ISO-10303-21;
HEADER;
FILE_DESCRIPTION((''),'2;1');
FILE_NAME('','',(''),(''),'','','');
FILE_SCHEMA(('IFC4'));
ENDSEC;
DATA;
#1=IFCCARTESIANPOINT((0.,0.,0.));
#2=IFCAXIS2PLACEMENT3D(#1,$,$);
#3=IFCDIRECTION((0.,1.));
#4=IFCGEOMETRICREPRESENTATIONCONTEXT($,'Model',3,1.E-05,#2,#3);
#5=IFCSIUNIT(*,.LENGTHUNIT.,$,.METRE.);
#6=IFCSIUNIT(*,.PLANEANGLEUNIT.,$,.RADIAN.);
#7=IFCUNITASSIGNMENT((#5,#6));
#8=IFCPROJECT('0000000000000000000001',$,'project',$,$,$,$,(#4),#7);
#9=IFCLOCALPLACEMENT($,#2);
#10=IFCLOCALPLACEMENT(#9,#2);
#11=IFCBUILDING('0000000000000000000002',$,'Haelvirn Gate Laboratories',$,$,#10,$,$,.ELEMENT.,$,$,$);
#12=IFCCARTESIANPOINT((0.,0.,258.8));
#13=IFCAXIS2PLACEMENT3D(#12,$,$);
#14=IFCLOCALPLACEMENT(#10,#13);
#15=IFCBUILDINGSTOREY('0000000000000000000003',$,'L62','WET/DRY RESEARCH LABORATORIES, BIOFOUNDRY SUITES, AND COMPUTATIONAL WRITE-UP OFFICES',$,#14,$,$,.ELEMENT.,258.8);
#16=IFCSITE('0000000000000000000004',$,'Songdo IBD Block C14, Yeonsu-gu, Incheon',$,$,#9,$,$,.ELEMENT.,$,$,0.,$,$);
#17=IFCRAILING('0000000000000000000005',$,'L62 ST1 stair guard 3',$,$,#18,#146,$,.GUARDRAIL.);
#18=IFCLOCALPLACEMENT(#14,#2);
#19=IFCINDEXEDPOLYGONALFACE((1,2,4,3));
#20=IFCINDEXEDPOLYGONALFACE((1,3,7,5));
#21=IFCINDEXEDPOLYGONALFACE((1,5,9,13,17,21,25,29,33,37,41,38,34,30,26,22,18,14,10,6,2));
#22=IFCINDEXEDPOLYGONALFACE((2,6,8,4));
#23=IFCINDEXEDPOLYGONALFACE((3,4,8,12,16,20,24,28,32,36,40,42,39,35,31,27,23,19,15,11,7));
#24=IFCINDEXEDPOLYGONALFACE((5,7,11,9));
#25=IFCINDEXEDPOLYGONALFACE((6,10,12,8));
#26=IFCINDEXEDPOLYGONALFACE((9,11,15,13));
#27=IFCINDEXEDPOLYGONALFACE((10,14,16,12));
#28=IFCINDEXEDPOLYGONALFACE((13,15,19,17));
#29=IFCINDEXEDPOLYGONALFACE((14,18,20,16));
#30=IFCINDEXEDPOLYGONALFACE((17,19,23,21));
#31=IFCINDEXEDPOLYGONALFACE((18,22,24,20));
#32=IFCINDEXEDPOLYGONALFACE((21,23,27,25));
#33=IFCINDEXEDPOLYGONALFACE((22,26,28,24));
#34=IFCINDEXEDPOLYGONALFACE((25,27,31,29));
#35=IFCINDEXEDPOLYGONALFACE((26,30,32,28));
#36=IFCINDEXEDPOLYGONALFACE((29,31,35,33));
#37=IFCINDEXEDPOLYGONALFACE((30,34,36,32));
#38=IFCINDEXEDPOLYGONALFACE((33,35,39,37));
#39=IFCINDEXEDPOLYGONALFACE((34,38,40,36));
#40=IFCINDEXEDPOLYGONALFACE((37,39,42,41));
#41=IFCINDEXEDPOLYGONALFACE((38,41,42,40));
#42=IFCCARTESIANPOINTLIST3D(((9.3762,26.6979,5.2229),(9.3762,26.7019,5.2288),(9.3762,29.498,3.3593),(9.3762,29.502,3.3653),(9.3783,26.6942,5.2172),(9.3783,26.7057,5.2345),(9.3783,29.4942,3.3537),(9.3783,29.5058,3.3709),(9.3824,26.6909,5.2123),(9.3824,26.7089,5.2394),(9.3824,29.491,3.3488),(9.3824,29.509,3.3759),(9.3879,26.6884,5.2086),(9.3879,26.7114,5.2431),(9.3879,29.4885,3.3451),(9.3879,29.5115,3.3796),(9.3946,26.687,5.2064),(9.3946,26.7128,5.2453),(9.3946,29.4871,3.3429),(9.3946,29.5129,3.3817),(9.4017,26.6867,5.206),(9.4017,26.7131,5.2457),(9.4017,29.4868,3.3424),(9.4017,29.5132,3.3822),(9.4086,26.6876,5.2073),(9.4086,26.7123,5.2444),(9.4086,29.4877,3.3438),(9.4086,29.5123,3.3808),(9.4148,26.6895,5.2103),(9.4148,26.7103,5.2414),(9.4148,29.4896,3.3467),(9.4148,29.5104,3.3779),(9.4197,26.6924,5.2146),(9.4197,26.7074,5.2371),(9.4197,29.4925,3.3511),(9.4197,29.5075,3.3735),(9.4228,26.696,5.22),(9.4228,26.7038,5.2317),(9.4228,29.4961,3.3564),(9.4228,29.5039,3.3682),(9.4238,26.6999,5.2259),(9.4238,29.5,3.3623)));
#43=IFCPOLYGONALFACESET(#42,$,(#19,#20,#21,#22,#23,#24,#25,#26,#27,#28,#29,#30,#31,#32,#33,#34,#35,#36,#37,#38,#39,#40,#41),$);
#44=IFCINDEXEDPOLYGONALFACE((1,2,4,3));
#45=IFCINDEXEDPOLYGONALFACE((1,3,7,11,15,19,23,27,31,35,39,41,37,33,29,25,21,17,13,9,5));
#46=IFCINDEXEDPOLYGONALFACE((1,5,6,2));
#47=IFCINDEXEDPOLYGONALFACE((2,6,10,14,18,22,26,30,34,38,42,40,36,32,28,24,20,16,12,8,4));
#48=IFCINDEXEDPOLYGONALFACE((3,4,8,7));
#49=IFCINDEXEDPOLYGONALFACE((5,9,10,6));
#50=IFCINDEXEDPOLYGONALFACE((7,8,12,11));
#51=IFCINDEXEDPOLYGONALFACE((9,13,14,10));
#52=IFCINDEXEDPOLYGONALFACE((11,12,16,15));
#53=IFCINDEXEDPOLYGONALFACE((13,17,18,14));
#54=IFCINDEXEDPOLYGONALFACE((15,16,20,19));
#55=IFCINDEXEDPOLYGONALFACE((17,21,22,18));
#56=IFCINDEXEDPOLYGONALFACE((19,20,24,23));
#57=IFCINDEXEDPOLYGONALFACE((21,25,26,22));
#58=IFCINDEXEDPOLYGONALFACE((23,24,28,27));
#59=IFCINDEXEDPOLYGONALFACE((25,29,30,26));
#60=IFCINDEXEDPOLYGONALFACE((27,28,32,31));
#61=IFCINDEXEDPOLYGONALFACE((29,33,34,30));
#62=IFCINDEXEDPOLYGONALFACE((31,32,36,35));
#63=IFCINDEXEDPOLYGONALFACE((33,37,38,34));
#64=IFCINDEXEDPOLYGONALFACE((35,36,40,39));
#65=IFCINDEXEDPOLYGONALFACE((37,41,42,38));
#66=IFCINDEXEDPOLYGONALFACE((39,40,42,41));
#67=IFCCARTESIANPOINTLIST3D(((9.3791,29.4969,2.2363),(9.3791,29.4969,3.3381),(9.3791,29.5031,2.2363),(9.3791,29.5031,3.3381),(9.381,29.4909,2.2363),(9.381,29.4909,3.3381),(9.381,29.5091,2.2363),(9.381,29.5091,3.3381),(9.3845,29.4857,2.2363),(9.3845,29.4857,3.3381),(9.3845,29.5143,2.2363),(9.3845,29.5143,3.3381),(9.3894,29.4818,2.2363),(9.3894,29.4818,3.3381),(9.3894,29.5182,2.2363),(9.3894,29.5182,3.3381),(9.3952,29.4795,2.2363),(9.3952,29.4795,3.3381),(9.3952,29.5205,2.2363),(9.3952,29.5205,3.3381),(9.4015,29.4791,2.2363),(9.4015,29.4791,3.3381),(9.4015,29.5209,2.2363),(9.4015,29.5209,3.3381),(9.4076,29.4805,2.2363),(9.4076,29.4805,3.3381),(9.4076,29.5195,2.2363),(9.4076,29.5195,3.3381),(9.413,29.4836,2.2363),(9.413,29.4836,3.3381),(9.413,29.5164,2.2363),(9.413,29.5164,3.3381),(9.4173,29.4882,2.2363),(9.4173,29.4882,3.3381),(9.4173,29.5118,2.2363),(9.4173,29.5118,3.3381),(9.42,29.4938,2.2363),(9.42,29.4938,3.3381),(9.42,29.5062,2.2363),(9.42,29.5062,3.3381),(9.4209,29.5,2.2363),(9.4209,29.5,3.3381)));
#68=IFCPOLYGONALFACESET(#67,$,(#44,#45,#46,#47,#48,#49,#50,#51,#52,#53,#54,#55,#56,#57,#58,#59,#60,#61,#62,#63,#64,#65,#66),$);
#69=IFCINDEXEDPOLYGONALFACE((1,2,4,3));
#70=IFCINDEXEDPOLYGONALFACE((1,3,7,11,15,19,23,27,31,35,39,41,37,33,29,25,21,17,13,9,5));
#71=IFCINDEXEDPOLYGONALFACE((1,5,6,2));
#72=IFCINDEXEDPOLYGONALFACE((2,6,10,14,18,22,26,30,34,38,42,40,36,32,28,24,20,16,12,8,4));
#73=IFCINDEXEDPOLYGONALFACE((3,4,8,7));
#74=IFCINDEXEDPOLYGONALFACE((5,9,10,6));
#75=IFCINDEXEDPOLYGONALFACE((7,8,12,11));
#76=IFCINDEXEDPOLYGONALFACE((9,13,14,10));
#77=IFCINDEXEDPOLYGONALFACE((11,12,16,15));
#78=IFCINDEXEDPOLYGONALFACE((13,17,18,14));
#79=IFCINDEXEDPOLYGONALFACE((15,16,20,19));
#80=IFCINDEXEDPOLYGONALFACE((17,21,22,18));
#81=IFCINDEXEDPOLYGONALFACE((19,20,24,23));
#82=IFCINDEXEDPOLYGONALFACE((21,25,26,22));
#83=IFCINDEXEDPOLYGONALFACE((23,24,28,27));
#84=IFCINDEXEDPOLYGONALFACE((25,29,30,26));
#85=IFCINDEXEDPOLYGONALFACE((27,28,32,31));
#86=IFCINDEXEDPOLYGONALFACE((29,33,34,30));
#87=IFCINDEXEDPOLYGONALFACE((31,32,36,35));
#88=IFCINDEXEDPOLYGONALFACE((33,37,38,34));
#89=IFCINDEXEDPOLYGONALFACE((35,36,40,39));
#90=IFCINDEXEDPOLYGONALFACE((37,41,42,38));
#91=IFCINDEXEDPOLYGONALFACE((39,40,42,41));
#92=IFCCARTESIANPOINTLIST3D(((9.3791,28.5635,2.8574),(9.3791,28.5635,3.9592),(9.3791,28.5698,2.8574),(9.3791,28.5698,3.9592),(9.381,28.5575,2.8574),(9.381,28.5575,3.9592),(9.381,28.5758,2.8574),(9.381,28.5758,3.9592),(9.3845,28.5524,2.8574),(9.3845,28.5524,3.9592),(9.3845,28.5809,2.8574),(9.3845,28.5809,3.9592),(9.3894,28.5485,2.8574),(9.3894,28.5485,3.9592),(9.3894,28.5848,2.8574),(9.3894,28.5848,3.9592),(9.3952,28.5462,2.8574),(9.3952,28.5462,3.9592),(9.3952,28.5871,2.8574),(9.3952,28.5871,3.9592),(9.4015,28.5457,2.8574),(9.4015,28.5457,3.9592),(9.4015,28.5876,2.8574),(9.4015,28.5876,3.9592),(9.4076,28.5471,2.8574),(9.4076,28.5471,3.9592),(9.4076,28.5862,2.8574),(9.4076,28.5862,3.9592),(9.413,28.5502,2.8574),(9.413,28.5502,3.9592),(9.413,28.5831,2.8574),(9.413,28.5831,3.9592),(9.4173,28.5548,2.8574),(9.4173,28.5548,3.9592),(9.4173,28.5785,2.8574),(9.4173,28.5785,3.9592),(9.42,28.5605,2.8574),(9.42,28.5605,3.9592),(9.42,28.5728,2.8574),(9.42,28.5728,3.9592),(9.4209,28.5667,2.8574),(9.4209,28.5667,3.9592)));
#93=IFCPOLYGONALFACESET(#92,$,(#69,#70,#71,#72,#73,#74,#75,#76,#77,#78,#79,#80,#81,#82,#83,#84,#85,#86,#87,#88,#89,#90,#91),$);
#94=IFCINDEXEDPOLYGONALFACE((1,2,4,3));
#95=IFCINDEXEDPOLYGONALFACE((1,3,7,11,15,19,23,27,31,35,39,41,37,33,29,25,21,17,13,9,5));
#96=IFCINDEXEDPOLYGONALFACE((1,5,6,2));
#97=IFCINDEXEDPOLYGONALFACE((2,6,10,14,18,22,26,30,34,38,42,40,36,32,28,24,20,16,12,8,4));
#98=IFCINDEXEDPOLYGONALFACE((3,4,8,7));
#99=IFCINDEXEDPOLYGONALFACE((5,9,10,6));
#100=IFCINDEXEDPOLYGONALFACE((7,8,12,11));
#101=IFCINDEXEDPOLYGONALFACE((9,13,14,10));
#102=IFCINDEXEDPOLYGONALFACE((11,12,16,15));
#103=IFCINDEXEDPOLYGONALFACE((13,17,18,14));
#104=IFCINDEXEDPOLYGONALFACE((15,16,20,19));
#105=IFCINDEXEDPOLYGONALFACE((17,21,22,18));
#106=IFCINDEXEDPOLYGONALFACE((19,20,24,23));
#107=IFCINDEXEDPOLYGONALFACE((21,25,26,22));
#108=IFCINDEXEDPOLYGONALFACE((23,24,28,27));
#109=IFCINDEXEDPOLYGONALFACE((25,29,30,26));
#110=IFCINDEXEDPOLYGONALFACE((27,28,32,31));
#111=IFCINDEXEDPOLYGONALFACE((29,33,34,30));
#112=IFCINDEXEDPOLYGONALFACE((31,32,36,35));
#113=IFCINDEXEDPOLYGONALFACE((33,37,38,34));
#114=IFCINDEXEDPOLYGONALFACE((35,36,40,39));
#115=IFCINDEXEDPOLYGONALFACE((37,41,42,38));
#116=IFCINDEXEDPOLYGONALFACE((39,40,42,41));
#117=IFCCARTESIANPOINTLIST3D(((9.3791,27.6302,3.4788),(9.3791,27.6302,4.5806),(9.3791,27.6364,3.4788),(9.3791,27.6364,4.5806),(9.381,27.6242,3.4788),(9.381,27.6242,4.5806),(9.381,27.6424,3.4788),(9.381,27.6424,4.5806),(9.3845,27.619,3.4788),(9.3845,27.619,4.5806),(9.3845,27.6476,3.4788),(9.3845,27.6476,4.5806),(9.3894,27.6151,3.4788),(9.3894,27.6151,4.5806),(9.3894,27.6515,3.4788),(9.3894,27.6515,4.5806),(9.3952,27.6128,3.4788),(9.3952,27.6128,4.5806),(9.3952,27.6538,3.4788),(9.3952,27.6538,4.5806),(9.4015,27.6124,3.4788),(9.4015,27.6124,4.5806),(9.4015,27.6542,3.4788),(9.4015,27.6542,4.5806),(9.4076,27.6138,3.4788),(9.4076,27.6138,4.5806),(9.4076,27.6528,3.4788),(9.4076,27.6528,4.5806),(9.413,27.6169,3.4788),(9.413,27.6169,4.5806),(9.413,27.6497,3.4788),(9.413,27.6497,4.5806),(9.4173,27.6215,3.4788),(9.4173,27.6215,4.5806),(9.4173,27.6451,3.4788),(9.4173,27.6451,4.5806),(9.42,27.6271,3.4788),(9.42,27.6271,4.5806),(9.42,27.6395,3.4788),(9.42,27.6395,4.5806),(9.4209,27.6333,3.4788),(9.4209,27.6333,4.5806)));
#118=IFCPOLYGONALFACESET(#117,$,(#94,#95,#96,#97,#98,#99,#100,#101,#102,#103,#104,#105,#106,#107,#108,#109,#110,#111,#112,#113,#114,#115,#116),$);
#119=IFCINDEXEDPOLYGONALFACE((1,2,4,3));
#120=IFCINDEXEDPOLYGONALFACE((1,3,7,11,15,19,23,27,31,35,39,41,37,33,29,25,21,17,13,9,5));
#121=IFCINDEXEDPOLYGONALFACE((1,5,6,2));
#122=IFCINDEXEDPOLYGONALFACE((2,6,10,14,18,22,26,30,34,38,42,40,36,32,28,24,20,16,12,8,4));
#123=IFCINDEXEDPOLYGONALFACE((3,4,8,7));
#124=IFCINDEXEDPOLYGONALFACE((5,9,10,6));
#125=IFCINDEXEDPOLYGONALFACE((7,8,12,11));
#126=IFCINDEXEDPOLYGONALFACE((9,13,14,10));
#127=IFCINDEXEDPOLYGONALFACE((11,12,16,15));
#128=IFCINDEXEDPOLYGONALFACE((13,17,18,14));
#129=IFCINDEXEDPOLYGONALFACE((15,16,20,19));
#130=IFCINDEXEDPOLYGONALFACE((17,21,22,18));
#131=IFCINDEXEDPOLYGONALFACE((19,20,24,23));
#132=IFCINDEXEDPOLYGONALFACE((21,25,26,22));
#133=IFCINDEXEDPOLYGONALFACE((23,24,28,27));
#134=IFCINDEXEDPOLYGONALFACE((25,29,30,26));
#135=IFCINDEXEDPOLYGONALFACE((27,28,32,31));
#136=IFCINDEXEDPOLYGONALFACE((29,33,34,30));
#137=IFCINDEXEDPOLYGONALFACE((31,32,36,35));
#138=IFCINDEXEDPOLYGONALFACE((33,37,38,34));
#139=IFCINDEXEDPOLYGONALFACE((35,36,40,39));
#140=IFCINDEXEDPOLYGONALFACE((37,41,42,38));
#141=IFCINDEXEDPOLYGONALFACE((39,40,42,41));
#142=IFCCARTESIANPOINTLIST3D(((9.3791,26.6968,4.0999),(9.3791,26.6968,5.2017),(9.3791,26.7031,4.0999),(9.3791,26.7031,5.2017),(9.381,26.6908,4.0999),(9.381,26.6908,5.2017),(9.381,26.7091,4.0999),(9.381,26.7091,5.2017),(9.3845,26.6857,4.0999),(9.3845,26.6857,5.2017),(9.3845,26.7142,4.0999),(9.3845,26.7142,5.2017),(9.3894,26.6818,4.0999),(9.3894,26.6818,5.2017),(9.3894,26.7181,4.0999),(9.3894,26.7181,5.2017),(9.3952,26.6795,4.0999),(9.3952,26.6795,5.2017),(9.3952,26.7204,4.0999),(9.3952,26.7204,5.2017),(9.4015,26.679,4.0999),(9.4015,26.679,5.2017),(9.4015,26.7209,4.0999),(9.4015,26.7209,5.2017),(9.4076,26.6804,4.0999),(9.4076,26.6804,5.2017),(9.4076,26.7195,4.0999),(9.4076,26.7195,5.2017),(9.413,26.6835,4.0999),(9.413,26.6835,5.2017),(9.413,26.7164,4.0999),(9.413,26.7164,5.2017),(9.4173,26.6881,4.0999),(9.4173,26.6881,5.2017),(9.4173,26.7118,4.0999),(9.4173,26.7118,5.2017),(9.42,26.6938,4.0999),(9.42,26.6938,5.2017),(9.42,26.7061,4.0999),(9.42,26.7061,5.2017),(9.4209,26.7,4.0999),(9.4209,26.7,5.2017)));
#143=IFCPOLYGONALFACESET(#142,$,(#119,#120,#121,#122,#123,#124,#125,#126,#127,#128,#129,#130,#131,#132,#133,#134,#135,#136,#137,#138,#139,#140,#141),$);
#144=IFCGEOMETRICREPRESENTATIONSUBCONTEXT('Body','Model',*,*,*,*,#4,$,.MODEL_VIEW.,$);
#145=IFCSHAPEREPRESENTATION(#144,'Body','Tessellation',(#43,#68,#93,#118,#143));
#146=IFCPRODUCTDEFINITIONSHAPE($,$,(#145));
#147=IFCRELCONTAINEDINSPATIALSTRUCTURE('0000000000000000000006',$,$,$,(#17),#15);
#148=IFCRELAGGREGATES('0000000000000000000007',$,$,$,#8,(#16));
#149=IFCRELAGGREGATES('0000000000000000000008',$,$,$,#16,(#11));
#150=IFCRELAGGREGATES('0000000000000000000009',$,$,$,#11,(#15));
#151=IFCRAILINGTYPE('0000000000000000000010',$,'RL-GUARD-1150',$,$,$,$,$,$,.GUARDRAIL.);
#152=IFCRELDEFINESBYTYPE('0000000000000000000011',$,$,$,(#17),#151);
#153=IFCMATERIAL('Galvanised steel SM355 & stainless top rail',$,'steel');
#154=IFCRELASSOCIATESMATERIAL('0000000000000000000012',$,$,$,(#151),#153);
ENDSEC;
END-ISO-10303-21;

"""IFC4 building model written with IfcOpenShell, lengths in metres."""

from ifc_helpers import new_model, si_unit, direction, frame, origin, origin_2d, place, context, subcontext, project, spatial, circle, extrude, source, transform, mapped, material, type_object, element, save


model = new_model("IFC4")

# Units and contexts
model_context = context("Model", 3, precision=1e-05, world=origin(), true_north=direction((0.0, 1.0)))
body_context = subcontext(model_context, "Body", "Model", "MODEL_VIEW")
ifc_project = project(units=[si_unit("LENGTHUNIT", "METRE"), si_unit("PLANEANGLEUNIT", "RADIAN")], contexts=[model_context])

# Site, building, storey
site_placement = place(None, origin())
site = spatial("IfcSite", under=ifc_project, at=site_placement, Name="Songdo IBD Block C14, Yeonsu-gu, Incheon", CompositionType="ELEMENT", RefElevation=0.0)
building_placement = place(site_placement, origin())
building = spatial("IfcBuilding", under=site, at=building_placement, Name="Haelvirn Gate Laboratories", CompositionType="ELEMENT")
storey_placement = place(building_placement, frame((0.0, 0.0, 258.8)))
storey = spatial("IfcBuildingStorey", under=building, at=storey_placement, Name="L62", Description="WET/DRY RESEARCH LABORATORIES, BIOFOUNDRY SUITES, AND COMPUTATIONAL WRITE-UP OFFICES", CompositionType="ELEMENT", Elevation=258.8)

# Railing
ifc_material_1 = material(Name="Galvanised steel SM355 & stainless top rail", Category="steel")
railing_type_1 = type_object("IfcRailingType", Name="RL-GUARD-1150", PredefinedType="GUARDRAIL", material=ifc_material_1)
shared_shape_1 = source(origin(), body_context, "Body", "SweptSolid", [
    extrude(circle(Radius=0.0239, at=origin_2d()), frame((0.0, 0.0, 1.126), z_axis=(0.0, -0.832486, 0.554047), x_axis=(1.0, 0.0, 0.0)), (0.0, 0.0, 1.0), 3.3635),
    extrude(circle(Radius=0.021, at=origin_2d()), origin(), (0.0, 0.0, 1.0), 1.1018),
    extrude(circle(Radius=0.021, at=origin_2d()), frame((0.0, -0.9333, 0.6211)), (0.0, 0.0, 1.0), 1.1018),
    extrude(circle(Radius=0.021, at=origin_2d()), frame((0.0, -1.8667, 1.2424)), (0.0, 0.0, 1.0), 1.1018),
    extrude(circle(Radius=0.021, at=origin_2d()), frame((0.0, -2.8, 1.8635)), (0.0, 0.0, 1.0), 1.1018),
])
railing_1_placement = place(storey_placement, frame((9.3999, 29.5, 2.2363)))
element("IfcRailing", 1, at=railing_1_placement, inside=storey, type_object=railing_type_1, Name="L62 ST1 stair guard 3", PredefinedType="GUARDRAIL", context=body_context, shape_type="MappedRepresentation", body=[
    mapped(shared_shape_1, transform((0.0, 0.0, 0.0), scale=1.0)),
])

save(model, "model.ifc")
